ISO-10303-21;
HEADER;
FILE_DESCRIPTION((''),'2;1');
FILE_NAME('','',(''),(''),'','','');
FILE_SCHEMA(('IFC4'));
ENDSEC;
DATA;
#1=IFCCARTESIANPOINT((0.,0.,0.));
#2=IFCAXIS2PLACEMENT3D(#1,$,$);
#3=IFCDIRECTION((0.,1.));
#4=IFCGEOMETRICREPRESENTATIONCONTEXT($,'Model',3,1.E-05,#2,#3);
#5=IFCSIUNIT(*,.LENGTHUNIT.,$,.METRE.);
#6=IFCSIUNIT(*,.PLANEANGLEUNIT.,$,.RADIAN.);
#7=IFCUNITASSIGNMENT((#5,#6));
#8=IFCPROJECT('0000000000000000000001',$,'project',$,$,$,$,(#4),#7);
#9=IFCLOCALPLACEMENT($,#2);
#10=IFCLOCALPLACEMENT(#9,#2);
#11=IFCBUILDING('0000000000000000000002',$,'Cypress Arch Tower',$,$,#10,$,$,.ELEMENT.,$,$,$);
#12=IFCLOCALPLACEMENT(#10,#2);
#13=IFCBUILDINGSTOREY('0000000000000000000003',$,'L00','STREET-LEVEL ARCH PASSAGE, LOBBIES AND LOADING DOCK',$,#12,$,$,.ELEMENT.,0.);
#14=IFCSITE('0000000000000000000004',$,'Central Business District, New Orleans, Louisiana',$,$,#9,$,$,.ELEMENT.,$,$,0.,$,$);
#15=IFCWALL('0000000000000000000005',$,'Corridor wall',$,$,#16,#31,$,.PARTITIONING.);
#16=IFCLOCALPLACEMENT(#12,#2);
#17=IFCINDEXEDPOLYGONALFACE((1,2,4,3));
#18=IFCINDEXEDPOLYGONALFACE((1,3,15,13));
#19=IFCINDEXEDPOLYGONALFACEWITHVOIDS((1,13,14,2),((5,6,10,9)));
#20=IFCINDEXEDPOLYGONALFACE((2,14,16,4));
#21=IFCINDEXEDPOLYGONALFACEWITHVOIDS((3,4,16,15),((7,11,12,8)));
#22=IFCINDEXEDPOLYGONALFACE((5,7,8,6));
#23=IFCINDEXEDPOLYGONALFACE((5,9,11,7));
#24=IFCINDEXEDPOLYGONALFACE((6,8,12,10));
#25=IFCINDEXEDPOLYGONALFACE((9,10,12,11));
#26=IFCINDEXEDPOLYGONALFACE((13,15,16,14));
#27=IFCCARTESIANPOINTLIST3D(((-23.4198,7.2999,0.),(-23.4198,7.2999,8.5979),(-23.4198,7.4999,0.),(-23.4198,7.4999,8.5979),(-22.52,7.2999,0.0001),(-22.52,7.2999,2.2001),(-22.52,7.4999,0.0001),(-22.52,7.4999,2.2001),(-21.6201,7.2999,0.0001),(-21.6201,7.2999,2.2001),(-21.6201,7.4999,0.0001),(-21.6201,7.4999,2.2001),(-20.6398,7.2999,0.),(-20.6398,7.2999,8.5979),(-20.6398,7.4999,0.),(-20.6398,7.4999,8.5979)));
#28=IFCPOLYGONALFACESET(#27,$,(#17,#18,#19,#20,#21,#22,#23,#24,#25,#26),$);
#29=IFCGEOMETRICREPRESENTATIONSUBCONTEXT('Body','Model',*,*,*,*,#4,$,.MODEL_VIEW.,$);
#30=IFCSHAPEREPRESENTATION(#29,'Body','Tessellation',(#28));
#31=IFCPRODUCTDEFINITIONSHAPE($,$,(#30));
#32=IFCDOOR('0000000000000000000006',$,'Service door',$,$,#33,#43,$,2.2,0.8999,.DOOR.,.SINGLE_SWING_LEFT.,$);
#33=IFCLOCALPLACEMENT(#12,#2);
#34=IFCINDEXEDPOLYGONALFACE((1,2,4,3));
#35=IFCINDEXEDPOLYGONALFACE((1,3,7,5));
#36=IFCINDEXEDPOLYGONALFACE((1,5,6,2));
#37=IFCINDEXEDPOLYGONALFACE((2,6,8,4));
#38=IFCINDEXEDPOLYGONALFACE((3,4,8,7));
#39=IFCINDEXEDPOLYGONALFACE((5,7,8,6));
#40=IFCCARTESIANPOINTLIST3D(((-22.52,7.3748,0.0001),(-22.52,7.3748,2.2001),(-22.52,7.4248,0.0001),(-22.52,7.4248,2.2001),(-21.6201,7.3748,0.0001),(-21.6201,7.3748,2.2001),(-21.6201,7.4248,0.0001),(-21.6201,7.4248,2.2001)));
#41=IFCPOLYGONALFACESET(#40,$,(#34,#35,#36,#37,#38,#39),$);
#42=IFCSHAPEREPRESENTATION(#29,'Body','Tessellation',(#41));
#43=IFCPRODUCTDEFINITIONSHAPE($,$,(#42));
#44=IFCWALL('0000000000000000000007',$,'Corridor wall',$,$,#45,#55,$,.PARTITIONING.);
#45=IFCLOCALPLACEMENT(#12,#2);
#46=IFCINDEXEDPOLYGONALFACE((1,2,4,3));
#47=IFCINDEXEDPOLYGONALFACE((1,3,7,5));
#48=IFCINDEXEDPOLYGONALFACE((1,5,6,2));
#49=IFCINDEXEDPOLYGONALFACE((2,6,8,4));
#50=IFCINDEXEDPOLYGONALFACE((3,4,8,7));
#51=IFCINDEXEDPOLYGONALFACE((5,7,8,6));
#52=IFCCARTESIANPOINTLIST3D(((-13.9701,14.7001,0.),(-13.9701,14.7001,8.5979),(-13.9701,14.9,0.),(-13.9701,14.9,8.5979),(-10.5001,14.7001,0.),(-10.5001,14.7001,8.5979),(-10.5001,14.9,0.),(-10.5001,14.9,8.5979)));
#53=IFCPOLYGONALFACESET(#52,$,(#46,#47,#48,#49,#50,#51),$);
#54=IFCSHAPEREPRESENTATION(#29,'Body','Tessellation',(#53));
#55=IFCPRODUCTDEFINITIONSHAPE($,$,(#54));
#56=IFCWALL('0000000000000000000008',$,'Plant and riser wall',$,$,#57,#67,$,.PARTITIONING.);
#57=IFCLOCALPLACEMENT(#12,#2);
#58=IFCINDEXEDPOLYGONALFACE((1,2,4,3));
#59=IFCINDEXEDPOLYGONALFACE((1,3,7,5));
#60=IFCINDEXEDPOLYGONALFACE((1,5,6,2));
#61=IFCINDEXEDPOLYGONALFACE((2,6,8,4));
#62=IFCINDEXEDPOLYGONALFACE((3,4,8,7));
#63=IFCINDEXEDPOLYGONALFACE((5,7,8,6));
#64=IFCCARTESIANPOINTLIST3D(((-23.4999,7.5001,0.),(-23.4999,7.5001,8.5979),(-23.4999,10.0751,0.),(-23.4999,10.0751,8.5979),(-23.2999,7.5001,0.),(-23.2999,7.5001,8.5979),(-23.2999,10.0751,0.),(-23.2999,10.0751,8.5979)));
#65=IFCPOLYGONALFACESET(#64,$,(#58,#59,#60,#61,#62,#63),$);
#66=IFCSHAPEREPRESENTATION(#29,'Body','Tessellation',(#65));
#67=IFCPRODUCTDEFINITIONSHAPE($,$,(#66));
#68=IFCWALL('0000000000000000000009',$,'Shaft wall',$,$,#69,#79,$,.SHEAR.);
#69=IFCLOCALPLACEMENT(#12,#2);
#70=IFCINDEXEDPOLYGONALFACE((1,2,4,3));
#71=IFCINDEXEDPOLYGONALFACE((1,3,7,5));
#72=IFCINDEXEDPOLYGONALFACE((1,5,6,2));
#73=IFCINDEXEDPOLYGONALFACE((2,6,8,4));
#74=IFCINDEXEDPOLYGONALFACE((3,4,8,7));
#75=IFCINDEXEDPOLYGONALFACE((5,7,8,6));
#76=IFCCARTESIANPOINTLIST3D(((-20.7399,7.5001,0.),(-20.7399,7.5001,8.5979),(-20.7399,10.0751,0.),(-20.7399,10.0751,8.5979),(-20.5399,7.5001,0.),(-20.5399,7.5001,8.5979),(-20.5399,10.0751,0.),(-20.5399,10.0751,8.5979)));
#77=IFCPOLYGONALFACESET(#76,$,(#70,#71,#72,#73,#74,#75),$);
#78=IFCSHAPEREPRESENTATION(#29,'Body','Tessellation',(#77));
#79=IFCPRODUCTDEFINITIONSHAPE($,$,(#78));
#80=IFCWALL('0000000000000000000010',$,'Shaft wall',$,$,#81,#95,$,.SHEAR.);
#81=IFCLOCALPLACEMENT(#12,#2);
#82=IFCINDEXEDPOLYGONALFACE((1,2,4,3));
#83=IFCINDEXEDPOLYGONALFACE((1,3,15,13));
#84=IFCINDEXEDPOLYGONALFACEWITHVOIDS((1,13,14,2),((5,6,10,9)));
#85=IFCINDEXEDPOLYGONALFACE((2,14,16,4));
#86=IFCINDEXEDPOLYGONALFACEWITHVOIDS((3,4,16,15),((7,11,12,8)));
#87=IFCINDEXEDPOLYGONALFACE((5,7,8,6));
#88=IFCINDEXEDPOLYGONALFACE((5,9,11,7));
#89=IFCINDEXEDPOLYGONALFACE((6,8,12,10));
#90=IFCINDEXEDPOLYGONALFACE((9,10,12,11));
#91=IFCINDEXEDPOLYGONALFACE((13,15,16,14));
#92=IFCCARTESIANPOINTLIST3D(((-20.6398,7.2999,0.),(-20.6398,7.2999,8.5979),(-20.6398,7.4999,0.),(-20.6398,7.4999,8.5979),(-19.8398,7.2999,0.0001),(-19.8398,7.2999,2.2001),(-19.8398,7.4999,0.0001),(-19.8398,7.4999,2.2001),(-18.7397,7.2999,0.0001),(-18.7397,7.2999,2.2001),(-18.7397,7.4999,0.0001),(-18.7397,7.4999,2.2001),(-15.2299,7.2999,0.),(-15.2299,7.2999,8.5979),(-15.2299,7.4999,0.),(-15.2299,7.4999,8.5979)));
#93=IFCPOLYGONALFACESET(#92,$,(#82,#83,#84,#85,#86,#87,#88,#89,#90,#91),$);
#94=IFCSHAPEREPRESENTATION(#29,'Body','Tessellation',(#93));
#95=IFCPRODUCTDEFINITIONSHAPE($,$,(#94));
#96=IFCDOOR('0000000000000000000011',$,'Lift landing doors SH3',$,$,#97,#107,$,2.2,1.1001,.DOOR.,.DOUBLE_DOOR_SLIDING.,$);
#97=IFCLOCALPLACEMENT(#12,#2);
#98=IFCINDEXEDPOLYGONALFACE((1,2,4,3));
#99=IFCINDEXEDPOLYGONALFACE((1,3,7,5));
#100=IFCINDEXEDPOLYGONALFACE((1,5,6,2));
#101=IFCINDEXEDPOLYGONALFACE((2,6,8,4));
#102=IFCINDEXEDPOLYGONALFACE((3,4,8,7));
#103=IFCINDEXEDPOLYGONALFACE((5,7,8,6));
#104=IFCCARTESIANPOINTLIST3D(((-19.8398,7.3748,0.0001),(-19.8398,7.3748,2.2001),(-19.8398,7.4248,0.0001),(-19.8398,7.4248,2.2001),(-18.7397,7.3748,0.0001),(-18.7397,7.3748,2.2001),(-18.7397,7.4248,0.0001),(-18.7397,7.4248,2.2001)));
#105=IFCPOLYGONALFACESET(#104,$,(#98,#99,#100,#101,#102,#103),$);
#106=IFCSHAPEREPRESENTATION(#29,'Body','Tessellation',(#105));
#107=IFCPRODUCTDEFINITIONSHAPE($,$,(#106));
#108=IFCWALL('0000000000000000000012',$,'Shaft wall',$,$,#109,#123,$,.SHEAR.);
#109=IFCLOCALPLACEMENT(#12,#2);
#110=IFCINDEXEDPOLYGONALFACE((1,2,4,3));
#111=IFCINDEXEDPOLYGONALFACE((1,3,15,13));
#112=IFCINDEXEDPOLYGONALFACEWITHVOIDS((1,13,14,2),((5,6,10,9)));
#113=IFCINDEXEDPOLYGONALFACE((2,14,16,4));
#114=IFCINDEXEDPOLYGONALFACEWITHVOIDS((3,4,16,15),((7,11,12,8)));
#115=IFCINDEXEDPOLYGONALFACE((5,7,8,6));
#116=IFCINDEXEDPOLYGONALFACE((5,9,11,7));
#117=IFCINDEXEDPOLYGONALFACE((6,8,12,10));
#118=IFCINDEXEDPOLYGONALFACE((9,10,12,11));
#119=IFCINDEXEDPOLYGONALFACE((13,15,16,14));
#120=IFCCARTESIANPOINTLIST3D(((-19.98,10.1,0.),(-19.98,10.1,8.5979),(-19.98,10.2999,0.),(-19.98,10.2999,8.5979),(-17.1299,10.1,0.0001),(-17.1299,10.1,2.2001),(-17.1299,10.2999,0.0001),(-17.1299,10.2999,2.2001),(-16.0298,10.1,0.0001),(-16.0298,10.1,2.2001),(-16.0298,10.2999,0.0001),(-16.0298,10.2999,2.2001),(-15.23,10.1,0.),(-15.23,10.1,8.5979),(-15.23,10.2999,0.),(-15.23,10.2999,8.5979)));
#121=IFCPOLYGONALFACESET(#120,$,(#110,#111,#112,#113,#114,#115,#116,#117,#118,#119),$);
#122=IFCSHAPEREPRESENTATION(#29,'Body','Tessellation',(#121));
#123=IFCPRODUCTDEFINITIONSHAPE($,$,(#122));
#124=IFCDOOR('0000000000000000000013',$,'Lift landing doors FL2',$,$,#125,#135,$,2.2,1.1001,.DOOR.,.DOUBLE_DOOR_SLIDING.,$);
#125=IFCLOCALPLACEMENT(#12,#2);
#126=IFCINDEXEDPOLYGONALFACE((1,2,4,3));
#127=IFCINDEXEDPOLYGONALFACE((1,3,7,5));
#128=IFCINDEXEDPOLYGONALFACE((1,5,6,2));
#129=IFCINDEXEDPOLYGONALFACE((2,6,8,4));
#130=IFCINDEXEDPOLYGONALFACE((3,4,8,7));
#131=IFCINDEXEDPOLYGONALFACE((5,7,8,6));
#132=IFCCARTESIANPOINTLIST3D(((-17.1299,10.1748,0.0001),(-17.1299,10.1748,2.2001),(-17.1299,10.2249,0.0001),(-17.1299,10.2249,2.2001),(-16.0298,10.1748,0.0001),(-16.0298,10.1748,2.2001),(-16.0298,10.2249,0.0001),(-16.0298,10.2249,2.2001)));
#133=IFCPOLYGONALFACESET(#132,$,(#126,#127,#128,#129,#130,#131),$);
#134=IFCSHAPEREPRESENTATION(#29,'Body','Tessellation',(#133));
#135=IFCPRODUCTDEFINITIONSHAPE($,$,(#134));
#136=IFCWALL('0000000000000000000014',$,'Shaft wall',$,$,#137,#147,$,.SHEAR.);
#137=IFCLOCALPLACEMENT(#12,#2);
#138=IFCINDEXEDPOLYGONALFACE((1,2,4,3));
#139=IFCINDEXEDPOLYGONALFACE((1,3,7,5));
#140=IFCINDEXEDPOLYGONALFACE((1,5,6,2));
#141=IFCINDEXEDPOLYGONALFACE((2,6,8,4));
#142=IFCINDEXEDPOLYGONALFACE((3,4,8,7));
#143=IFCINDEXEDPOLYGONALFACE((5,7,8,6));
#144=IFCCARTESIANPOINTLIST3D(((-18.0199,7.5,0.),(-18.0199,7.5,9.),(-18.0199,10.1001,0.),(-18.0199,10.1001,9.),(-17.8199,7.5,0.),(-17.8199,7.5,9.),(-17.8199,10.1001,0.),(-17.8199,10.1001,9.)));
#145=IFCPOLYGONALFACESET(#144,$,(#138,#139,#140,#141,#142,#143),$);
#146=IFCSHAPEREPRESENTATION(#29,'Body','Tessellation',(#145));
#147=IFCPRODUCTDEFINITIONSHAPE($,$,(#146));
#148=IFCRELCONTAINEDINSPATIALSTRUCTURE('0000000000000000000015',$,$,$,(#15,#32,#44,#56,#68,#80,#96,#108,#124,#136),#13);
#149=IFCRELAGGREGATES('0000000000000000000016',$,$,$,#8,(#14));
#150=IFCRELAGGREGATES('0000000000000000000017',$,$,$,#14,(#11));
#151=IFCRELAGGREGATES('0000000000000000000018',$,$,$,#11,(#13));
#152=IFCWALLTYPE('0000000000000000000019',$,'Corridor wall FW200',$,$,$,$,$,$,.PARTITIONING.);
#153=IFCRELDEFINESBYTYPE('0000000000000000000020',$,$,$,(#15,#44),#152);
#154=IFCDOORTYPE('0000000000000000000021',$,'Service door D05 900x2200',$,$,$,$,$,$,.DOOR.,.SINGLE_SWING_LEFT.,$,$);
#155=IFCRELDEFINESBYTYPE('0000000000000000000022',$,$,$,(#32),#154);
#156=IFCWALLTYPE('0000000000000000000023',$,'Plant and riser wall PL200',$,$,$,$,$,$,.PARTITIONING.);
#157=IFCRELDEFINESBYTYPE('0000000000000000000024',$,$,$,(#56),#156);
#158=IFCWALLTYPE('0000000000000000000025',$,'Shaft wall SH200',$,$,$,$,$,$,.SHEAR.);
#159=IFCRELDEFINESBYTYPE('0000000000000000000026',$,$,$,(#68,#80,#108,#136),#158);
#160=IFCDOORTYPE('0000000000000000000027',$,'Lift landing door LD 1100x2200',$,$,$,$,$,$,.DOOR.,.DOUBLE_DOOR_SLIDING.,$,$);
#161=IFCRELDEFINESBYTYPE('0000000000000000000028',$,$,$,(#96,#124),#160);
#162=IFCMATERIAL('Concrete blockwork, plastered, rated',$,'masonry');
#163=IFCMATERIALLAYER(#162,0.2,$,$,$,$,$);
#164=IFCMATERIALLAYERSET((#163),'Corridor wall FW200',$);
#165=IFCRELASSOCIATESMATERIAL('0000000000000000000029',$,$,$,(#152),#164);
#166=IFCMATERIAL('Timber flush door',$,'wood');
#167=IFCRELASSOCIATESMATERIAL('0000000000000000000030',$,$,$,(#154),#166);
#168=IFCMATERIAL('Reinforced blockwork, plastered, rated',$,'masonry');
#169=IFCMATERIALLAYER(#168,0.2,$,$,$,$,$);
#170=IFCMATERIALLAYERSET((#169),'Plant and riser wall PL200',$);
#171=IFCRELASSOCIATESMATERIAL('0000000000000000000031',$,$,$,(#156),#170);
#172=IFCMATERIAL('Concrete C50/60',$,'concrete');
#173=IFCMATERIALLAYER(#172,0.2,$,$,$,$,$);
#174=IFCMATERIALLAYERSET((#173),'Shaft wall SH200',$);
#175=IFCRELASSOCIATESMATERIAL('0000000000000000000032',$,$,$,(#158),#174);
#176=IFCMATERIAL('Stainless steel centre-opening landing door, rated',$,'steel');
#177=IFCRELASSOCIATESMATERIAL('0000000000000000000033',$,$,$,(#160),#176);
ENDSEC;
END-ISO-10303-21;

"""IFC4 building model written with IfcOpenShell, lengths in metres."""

from ifc_helpers import new_model, si_unit, direction, frame, frame_2d, origin, place, context, subcontext, project, spatial, rectangle, extrude, material, layer, layer_set, type_object, element, fill, save


model = new_model("IFC4")

# Units and contexts
model_context = context("Model", 3, precision=1e-05, world=origin(), true_north=direction((0.0, 1.0)))
body_context = subcontext(model_context, "Body", "Model", "MODEL_VIEW")
ifc_project = project(units=[si_unit("LENGTHUNIT", "METRE"), si_unit("PLANEANGLEUNIT", "RADIAN")], contexts=[model_context])

# Site, building, storey
site_placement = place(None, origin())
site = spatial("IfcSite", under=ifc_project, at=site_placement, Name="Central Business District, New Orleans, Louisiana", CompositionType="ELEMENT", RefElevation=0.0)
building_placement = place(site_placement, origin())
building = spatial("IfcBuilding", under=site, at=building_placement, Name="Cypress Arch Tower", CompositionType="ELEMENT")
storey_placement = place(building_placement, origin())
storey = spatial("IfcBuildingStorey", under=building, at=storey_placement, Name="L00", Description="STREET-LEVEL ARCH PASSAGE, LOBBIES AND LOADING DOCK", CompositionType="ELEMENT", Elevation=0.0)

# Wall, opening, door
ifc_material_1 = material(Name="Concrete blockwork, plastered, rated", Category="masonry")
ifc_layer_1 = layer(ifc_material_1, 0.2)
ifc_layer_set_1 = layer_set([ifc_layer_1], Name="Corridor wall FW200")
wall_type_1 = type_object("IfcWallType", Name="Corridor wall FW200", PredefinedType="PARTITIONING", material=ifc_layer_set_1)
wall_1_placement = place(storey_placement, frame((-23.4199, 7.3999, 0.0), z_axis=(0.0, 0.0, 1.0), x_axis=(1.0, 0.0, 0.0)))
wall_1 = element("IfcWall", 1, at=wall_1_placement, inside=storey, type_object=wall_type_1, Name="Corridor wall", PredefinedType="PARTITIONING", context=body_context, shape_type="SweptSolid", body=[
    extrude(rectangle(XDim=2.78, YDim=0.2, at=frame_2d((1.3901, 0.0))), origin(), (0.0, 0.0, 1.0), 8.5979),
])
opening_1_placement = place(wall_1_placement, frame((0.8999, 0.0, 0.0)))
opening_1 = element("IfcOpeningElement", 2, at=opening_1_placement, cuts=wall_1, PredefinedType="OPENING", context=body_context, shape_type="SweptSolid", body=[
    extrude(rectangle(XDim=0.8999, YDim=2.2, at=frame_2d((0.45, 1.1001))), frame((0.0, 0.1099, 0.0), z_axis=(0.0, -1.0, 0.0), x_axis=(1.0, 0.0, 0.0)), (0.0, 0.0, 1.0), 0.22),
])
ifc_material_2 = material(Name="Timber flush door", Category="wood")
door_type_1 = type_object("IfcDoorType", Name="Service door D05 900x2200", OperationType="SINGLE_SWING_LEFT", PredefinedType="DOOR", material=ifc_material_2)
door_1_placement = place(opening_1_placement, origin())
door_1 = element("IfcDoor", 3, at=door_1_placement, inside=storey, type_object=door_type_1, Name="Service door", OperationType="SINGLE_SWING_LEFT", OverallHeight=2.2, OverallWidth=0.8999, PredefinedType="DOOR", context=body_context, shape_type="SweptSolid", body=[
    extrude(rectangle(XDim=0.8999, YDim=2.2, at=frame_2d((0.45, 1.1001))), frame((0.0, 0.0249, 0.0), z_axis=(0.0, -1.0, 0.0), x_axis=(1.0, 0.0, 0.0)), (0.0, 0.0, 1.0), 0.05),
])
fill(opening_1, door_1)

# Walls
wall_2_placement = place(storey_placement, frame((-13.97, 14.8, 0.0), z_axis=(0.0, 0.0, 1.0), x_axis=(1.0, 0.0, 0.0)))
element("IfcWall", 4, at=wall_2_placement, inside=storey, type_object=wall_type_1, Name="Corridor wall", PredefinedType="PARTITIONING", context=body_context, shape_type="SweptSolid", body=[
    extrude(rectangle(XDim=3.47, YDim=0.2, at=frame_2d((1.7349, 0.0))), origin(), (0.0, 0.0, 1.0), 8.5979),
])
ifc_material_3 = material(Name="Reinforced blockwork, plastered, rated", Category="masonry")
ifc_layer_2 = layer(ifc_material_3, 0.2)
ifc_layer_set_2 = layer_set([ifc_layer_2], Name="Plant and riser wall PL200")
wall_type_2 = type_object("IfcWallType", Name="Plant and riser wall PL200", PredefinedType="PARTITIONING", material=ifc_layer_set_2)
wall_3_placement = place(storey_placement, frame((-23.3999, 7.5, 0.0), z_axis=(0.0, 0.0, 1.0), x_axis=(0.0, 1.0, 0.0)))
element("IfcWall", 5, at=wall_3_placement, inside=storey, type_object=wall_type_2, Name="Plant and riser wall", PredefinedType="PARTITIONING", context=body_context, shape_type="SweptSolid", body=[
    extrude(rectangle(XDim=2.575, YDim=0.2, at=frame_2d((1.2876, 0.0))), origin(), (0.0, 0.0, 1.0), 8.5979),
])
ifc_material_4 = material(Name="Concrete C50/60", Category="concrete")
ifc_layer_3 = layer(ifc_material_4, 0.2)
ifc_layer_set_3 = layer_set([ifc_layer_3], Name="Shaft wall SH200")
wall_type_3 = type_object("IfcWallType", Name="Shaft wall SH200", PredefinedType="SHEAR", material=ifc_layer_set_3)
wall_4_placement = place(storey_placement, frame((-20.6399, 7.5, 0.0), z_axis=(0.0, 0.0, 1.0), x_axis=(0.0, 1.0, 0.0)))
element("IfcWall", 6, at=wall_4_placement, inside=storey, type_object=wall_type_3, Name="Shaft wall", PredefinedType="SHEAR", context=body_context, shape_type="SweptSolid", body=[
    extrude(rectangle(XDim=2.575, YDim=0.2, at=frame_2d((1.2876, 0.0))), origin(), (0.0, 0.0, 1.0), 8.5979),
])

# Walls, openings, doors
wall_5_placement = place(storey_placement, frame((-20.6399, 7.3999, 0.0), z_axis=(0.0, 0.0, 1.0), x_axis=(1.0, 0.0, 0.0)))
wall_5 = element("IfcWall", 7, at=wall_5_placement, inside=storey, type_object=wall_type_3, Name="Shaft wall", PredefinedType="SHEAR", context=body_context, shape_type="SweptSolid", body=[
    extrude(rectangle(XDim=5.4099, YDim=0.2, at=frame_2d((2.7051, 0.0))), origin(), (0.0, 0.0, 1.0), 8.5979),
])
opening_2_placement = place(wall_5_placement, frame((0.8, 0.0, 0.0)))
opening_2 = element("IfcOpeningElement", 8, at=opening_2_placement, cuts=wall_5, PredefinedType="OPENING", context=body_context, shape_type="SweptSolid", body=[
    extrude(rectangle(XDim=1.1001, YDim=2.2, at=frame_2d((0.55, 1.1001))), frame((0.0, 0.1099, 0.0), z_axis=(0.0, -1.0, 0.0), x_axis=(1.0, 0.0, 0.0)), (0.0, 0.0, 1.0), 0.22),
])
ifc_material_5 = material(Name="Stainless steel centre-opening landing door, rated", Category="steel")
door_type_2 = type_object("IfcDoorType", Name="Lift landing door LD 1100x2200", OperationType="DOUBLE_DOOR_SLIDING", PredefinedType="DOOR", material=ifc_material_5)
door_2_placement = place(opening_2_placement, origin())
door_2 = element("IfcDoor", 9, at=door_2_placement, inside=storey, type_object=door_type_2, Name="Lift landing doors SH3", OperationType="DOUBLE_DOOR_SLIDING", OverallHeight=2.2, OverallWidth=1.1001, PredefinedType="DOOR", context=body_context, shape_type="SweptSolid", body=[
    extrude(rectangle(XDim=1.1001, YDim=2.2, at=frame_2d((0.55, 1.1001))), frame((0.0, 0.0249, 0.0), z_axis=(0.0, -1.0, 0.0), x_axis=(1.0, 0.0, 0.0)), (0.0, 0.0, 1.0), 0.05),
])
fill(opening_2, door_2)
wall_6_placement = place(storey_placement, frame((-19.98, 10.2, 0.0), z_axis=(0.0, 0.0, 1.0), x_axis=(1.0, 0.0, 0.0)))
wall_6 = element("IfcWall", 10, at=wall_6_placement, inside=storey, type_object=wall_type_3, Name="Shaft wall", PredefinedType="SHEAR", context=body_context, shape_type="SweptSolid", body=[
    extrude(rectangle(XDim=4.75, YDim=0.2, at=frame_2d((2.375, 0.0))), origin(), (0.0, 0.0, 1.0), 8.5979),
])
opening_3_placement = place(wall_6_placement, frame((2.8501, 0.0, 0.0)))
opening_3 = element("IfcOpeningElement", 11, at=opening_3_placement, cuts=wall_6, PredefinedType="OPENING", context=body_context, shape_type="SweptSolid", body=[
    extrude(rectangle(XDim=1.1001, YDim=2.2, at=frame_2d((0.55, 1.1001))), frame((0.0, 0.1099, 0.0), z_axis=(0.0, -1.0, 0.0), x_axis=(1.0, 0.0, 0.0)), (0.0, 0.0, 1.0), 0.22),
])
door_3_placement = place(opening_3_placement, origin())
door_3 = element("IfcDoor", 12, at=door_3_placement, inside=storey, type_object=door_type_2, Name="Lift landing doors FL2", OperationType="DOUBLE_DOOR_SLIDING", OverallHeight=2.2, OverallWidth=1.1001, PredefinedType="DOOR", context=body_context, shape_type="SweptSolid", body=[
    extrude(rectangle(XDim=1.1001, YDim=2.2, at=frame_2d((0.55, 1.1001))), frame((0.0, 0.0249, 0.0), z_axis=(0.0, -1.0, 0.0), x_axis=(1.0, 0.0, 0.0)), (0.0, 0.0, 1.0), 0.05),
])
fill(opening_3, door_3)

# Wall
wall_7_placement = place(storey_placement, frame((-17.9199, 7.5, 0.0), z_axis=(0.0, 0.0, 1.0), x_axis=(0.0, 1.0, 0.0)))
element("IfcWall", 13, at=wall_7_placement, inside=storey, type_object=wall_type_3, Name="Shaft wall", PredefinedType="SHEAR", context=body_context, shape_type="SweptSolid", body=[
    extrude(rectangle(XDim=2.6001, YDim=0.2, at=frame_2d((1.3, 0.0))), origin(), (0.0, 0.0, 1.0), 9.0),
])

save(model, "model.ifc")
